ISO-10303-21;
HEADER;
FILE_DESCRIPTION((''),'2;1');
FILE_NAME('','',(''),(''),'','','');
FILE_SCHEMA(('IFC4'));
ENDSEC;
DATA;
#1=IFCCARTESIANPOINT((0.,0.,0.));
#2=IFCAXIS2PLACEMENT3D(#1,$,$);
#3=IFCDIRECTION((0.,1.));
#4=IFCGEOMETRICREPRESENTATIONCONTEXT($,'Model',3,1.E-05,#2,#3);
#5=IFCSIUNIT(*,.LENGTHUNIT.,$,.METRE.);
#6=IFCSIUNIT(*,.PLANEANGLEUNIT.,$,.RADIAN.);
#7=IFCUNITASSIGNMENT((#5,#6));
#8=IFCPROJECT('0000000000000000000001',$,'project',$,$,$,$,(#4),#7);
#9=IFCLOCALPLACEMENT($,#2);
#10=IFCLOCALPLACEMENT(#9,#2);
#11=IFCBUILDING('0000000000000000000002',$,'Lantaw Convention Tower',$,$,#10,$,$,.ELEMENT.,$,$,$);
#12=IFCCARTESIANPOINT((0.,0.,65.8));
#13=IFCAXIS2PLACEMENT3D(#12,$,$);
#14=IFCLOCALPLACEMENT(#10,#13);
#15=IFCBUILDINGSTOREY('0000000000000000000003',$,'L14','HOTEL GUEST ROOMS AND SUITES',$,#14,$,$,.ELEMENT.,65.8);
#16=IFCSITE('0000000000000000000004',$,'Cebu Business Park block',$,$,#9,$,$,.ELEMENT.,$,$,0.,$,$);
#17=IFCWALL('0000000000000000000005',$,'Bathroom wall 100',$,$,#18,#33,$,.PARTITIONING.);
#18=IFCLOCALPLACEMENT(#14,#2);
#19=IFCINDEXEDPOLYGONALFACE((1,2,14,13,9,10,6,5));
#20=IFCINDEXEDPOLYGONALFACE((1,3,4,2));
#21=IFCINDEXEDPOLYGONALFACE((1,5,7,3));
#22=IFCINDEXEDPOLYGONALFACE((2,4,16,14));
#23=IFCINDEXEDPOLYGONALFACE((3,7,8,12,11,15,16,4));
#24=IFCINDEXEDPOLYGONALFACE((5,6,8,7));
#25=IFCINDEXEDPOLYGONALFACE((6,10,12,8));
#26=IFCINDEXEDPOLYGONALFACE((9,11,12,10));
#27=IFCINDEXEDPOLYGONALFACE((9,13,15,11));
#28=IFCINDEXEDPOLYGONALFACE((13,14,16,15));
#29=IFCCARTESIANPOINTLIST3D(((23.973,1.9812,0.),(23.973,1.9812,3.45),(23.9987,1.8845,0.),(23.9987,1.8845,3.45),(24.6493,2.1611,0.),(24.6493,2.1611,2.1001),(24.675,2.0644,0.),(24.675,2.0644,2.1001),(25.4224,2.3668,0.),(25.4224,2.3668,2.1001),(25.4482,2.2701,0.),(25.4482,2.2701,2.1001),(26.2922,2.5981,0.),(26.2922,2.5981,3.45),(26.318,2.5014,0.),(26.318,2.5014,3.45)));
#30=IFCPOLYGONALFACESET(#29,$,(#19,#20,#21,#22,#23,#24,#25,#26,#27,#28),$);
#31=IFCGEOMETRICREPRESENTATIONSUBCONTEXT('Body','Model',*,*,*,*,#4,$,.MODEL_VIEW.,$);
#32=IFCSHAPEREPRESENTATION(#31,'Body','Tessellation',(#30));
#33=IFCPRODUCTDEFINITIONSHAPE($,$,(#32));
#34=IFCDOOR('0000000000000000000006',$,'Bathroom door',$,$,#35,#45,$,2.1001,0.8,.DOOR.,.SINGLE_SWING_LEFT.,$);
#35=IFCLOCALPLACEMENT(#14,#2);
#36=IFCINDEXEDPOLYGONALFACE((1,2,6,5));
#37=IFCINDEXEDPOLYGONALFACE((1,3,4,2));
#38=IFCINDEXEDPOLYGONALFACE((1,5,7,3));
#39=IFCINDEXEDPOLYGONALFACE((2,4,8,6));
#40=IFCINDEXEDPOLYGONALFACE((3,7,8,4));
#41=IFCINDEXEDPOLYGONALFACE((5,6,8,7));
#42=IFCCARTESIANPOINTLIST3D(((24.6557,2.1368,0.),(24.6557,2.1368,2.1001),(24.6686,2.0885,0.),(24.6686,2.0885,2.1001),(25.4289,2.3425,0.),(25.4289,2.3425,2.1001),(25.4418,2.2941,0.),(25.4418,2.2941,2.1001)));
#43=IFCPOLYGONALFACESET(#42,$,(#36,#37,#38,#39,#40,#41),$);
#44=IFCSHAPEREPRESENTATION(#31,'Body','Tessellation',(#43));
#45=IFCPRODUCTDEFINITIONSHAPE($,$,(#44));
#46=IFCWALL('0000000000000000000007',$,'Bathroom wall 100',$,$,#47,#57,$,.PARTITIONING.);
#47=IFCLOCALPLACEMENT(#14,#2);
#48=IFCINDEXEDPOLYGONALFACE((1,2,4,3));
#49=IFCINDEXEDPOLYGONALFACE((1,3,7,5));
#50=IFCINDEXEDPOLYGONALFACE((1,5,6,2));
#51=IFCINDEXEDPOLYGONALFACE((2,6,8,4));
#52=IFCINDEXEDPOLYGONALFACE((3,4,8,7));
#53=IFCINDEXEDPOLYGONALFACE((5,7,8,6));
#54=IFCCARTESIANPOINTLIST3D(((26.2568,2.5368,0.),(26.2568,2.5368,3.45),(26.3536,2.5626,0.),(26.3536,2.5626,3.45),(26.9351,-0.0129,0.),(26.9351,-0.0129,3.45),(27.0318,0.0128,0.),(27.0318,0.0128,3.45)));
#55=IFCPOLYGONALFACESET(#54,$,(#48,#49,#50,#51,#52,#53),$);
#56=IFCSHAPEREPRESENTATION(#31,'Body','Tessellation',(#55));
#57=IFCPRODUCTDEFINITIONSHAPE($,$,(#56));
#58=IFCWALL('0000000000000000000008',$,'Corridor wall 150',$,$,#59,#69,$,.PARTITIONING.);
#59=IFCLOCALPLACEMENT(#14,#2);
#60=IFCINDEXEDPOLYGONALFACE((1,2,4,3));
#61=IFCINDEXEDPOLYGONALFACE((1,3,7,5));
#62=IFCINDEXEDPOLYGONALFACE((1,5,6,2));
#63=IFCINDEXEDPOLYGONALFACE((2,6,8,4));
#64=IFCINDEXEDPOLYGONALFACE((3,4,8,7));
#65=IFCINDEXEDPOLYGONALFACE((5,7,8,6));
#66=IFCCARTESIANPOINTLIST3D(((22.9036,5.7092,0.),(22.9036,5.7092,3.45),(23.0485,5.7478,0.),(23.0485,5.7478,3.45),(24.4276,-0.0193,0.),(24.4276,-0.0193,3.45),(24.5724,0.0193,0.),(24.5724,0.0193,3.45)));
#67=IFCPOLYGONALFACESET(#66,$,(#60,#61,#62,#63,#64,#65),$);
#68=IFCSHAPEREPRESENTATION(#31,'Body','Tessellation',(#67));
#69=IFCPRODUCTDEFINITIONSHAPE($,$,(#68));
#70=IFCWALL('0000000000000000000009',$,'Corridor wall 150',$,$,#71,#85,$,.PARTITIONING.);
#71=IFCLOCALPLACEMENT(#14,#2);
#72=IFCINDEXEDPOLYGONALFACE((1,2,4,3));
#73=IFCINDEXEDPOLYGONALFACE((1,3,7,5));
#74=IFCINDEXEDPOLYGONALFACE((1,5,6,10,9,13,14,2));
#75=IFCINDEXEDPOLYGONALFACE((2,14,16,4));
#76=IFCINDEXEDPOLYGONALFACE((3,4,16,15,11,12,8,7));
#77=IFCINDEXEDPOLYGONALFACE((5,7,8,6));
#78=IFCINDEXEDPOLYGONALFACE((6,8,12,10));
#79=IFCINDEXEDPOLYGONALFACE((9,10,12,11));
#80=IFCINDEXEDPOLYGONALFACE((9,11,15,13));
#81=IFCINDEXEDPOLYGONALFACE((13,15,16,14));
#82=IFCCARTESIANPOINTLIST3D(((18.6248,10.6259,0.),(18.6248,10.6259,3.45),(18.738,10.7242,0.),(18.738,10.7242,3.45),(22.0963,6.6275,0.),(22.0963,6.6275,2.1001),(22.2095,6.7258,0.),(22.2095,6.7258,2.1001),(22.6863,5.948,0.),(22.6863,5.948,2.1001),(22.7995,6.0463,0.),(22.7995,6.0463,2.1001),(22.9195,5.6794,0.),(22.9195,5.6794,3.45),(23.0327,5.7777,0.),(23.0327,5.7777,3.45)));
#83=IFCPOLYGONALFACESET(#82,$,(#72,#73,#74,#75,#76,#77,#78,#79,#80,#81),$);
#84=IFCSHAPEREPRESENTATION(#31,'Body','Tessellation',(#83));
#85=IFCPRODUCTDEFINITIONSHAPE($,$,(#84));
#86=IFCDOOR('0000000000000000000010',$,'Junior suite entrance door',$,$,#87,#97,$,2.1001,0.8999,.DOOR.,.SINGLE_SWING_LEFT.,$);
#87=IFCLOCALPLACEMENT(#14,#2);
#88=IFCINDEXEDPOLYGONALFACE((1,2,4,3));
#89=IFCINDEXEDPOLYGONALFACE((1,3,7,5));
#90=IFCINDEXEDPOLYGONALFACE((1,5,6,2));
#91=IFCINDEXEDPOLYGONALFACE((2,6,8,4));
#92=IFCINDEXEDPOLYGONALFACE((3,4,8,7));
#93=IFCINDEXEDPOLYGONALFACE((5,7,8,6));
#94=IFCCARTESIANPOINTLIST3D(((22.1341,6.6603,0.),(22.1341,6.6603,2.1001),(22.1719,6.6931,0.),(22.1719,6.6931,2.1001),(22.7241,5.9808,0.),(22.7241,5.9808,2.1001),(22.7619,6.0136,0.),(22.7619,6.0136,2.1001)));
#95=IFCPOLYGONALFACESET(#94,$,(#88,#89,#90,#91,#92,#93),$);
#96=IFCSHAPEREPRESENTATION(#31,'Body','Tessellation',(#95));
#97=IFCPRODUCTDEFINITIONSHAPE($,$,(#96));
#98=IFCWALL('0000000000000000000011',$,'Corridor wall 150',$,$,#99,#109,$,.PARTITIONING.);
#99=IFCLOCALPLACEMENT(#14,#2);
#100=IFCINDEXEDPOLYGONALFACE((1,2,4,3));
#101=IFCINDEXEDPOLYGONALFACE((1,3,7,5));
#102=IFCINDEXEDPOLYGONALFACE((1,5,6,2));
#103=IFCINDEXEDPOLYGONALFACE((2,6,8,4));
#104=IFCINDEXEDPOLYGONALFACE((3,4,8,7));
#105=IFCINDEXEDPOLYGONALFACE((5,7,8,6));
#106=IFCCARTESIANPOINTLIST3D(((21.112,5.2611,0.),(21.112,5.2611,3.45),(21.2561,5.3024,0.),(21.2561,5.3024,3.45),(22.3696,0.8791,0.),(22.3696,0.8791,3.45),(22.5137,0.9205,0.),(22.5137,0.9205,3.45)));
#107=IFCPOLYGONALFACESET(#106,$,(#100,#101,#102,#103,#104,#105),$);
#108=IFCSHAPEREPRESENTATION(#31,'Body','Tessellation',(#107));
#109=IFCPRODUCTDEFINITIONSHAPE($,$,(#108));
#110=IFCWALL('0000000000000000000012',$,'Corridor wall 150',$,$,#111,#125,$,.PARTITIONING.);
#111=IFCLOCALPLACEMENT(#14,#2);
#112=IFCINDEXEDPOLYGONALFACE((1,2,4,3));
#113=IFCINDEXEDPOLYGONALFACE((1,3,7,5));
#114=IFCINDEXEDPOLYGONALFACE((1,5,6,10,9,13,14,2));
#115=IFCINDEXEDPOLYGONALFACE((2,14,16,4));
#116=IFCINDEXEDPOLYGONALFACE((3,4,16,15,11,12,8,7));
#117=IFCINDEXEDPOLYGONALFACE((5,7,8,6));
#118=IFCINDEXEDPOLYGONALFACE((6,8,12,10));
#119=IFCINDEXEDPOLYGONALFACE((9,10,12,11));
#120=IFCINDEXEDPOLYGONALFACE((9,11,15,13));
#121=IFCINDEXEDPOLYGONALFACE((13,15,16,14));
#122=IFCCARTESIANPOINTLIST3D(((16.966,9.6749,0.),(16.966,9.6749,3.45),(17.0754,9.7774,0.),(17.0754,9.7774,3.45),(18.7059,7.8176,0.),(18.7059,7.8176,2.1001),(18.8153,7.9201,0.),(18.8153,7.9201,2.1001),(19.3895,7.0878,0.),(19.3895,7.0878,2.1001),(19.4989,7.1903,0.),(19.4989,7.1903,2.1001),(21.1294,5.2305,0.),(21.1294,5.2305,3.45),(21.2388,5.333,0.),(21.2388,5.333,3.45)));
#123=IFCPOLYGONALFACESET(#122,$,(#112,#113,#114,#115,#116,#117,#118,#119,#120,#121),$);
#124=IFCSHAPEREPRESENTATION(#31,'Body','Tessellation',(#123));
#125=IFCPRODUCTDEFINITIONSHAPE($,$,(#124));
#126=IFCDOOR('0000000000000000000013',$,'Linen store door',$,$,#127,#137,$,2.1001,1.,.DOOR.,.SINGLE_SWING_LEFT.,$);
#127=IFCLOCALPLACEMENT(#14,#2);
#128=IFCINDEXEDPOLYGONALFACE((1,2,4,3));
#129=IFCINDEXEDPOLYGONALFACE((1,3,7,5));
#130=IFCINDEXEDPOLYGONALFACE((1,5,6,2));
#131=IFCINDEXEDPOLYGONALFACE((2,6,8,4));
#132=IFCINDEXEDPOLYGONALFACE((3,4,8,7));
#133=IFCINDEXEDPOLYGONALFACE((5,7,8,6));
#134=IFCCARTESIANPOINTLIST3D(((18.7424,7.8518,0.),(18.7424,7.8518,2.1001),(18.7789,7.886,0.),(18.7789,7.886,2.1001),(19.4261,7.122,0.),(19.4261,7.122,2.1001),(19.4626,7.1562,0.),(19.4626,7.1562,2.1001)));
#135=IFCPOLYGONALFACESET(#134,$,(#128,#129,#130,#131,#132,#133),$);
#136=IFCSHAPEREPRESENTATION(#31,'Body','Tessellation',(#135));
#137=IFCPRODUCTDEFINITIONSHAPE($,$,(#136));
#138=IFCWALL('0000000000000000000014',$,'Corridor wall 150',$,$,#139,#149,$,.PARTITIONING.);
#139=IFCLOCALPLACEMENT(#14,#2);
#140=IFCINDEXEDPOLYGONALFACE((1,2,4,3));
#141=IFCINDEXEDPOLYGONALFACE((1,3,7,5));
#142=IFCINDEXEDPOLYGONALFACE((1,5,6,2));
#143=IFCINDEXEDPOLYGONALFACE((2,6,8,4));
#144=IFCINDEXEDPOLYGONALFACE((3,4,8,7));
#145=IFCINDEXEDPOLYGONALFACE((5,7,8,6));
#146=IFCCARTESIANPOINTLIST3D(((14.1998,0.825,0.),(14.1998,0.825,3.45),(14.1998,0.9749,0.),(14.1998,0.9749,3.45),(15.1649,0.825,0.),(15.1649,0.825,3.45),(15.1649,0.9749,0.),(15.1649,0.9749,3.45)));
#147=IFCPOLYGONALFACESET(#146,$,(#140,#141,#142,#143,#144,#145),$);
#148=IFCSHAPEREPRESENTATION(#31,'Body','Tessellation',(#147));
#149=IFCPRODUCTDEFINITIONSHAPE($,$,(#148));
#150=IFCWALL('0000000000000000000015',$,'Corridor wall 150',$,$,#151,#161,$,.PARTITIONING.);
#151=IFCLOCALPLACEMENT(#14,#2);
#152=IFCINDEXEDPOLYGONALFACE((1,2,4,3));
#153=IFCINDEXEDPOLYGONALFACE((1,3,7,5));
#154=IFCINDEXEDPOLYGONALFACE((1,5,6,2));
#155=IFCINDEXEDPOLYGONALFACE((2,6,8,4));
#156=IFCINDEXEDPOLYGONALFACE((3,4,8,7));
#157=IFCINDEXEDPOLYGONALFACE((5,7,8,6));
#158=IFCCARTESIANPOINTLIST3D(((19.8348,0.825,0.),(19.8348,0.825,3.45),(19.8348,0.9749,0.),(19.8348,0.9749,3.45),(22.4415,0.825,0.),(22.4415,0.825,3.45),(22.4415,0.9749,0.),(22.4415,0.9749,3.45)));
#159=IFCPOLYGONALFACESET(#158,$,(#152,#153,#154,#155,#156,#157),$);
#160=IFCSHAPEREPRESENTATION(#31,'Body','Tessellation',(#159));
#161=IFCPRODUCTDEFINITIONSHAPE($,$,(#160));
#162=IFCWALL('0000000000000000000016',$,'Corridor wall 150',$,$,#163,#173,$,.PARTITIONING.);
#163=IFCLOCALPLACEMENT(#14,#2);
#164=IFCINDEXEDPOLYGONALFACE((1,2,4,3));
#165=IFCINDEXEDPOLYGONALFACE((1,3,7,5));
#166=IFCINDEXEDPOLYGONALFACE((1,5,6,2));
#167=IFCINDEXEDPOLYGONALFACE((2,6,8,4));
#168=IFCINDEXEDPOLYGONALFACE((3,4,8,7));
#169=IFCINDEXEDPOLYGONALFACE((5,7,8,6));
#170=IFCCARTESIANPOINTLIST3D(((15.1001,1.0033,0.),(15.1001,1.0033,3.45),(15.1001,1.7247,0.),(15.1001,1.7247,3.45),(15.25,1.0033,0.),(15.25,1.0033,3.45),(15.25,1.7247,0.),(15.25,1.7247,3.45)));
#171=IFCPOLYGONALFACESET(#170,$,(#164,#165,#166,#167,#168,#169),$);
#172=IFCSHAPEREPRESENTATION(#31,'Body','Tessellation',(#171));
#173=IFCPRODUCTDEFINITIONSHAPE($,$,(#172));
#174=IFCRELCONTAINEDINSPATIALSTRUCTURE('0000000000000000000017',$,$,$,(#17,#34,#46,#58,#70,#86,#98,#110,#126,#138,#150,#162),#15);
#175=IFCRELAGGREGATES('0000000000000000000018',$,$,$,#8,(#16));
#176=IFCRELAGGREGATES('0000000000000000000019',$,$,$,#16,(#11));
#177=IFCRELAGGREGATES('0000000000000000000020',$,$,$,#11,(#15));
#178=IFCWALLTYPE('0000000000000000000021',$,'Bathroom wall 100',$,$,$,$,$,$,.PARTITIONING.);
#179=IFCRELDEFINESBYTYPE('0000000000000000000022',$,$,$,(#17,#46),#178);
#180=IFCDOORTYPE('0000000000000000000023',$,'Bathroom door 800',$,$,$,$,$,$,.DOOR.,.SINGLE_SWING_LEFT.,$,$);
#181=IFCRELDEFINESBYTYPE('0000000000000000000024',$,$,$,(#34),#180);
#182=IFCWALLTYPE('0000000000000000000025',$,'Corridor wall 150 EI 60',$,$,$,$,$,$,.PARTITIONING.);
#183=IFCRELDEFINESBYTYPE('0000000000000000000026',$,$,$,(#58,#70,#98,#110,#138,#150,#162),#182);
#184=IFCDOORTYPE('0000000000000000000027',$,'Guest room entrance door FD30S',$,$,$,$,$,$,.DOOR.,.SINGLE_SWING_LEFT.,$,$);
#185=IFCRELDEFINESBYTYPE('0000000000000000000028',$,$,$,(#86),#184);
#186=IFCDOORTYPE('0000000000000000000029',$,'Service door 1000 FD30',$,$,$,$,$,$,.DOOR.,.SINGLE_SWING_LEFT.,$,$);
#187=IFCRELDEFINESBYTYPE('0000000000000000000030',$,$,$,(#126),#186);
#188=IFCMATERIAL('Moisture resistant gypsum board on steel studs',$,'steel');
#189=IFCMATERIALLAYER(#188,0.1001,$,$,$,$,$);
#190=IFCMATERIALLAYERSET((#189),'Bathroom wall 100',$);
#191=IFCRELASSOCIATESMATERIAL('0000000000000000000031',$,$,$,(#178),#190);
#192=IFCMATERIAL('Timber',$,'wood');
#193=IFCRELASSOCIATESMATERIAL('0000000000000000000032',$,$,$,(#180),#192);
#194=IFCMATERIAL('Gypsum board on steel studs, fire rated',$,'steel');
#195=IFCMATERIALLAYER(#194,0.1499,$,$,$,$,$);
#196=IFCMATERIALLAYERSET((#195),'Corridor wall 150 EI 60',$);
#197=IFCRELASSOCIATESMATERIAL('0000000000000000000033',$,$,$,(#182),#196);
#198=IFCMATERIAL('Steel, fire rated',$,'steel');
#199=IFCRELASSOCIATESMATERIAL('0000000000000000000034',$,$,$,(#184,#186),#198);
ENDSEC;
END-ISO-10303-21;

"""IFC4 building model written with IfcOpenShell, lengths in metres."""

from ifc_helpers import new_model, si_unit, direction, frame, frame_2d, origin, place, context, subcontext, project, spatial, rectangle, extrude, material, layer, layer_set, type_object, element, fill, save


model = new_model("IFC4")

# Units and contexts
model_context = context("Model", 3, precision=1e-05, world=origin(), true_north=direction((0.0, 1.0)))
body_context = subcontext(model_context, "Body", "Model", "MODEL_VIEW")
ifc_project = project(units=[si_unit("LENGTHUNIT", "METRE"), si_unit("PLANEANGLEUNIT", "RADIAN")], contexts=[model_context])

# Site, building, storey
site_placement = place(None, origin())
site = spatial("IfcSite", under=ifc_project, at=site_placement, Name="Cebu Business Park block", CompositionType="ELEMENT", RefElevation=0.0)
building_placement = place(site_placement, origin())
building = spatial("IfcBuilding", under=site, at=building_placement, Name="Lantaw Convention Tower", CompositionType="ELEMENT")
storey_placement = place(building_placement, frame((0.0, 0.0, 65.8)))
storey = spatial("IfcBuildingStorey", under=building, at=storey_placement, Name="L14", Description="HOTEL GUEST ROOMS AND SUITES", CompositionType="ELEMENT", Elevation=65.8)

# Wall, opening, door
ifc_material_1 = material(Name="Moisture resistant gypsum board on steel studs", Category="steel")
ifc_layer_1 = layer(ifc_material_1, 0.1001)
ifc_layer_set_1 = layer_set([ifc_layer_1], Name="Bathroom wall 100")
wall_type_1 = type_object("IfcWallType", Name="Bathroom wall 100", PredefinedType="PARTITIONING", material=ifc_layer_set_1)
wall_1_placement = place(storey_placement, frame((23.9858, 1.9329, 0.0), z_axis=(0.0, 0.0, 1.0), x_axis=(0.966395, 0.257061, 0.0)))
wall_1 = element("IfcWall", 1, at=wall_1_placement, inside=storey, type_object=wall_type_1, Name="Bathroom wall 100", PredefinedType="PARTITIONING", context=body_context, shape_type="SweptSolid", body=[
    extrude(rectangle(XDim=2.3999, YDim=0.1001, at=frame_2d((1.2, 0.0))), origin(), (0.0, 0.0, 1.0), 3.45),
])
opening_1_placement = place(wall_1_placement, frame((0.7, 0.0, 0.0)))
opening_1 = element("IfcOpeningElement", 2, at=opening_1_placement, cuts=wall_1, PredefinedType="OPENING", context=body_context, shape_type="SweptSolid", body=[
    extrude(rectangle(XDim=0.8, YDim=2.1001, at=frame_2d((0.3999, 1.05))), frame((0.0, 0.0601, 0.0), z_axis=(0.0, -1.0, 0.0), x_axis=(1.0, 0.0, 0.0)), (0.0, 0.0, 1.0), 0.1201),
])
ifc_material_2 = material(Name="Timber", Category="wood")
door_type_1 = type_object("IfcDoorType", Name="Bathroom door 800", OperationType="SINGLE_SWING_LEFT", PredefinedType="DOOR", material=ifc_material_2)
door_1_placement = place(opening_1_placement, origin())
door_1 = element("IfcDoor", 3, at=door_1_placement, inside=storey, type_object=door_type_1, Name="Bathroom door", OperationType="SINGLE_SWING_LEFT", OverallHeight=2.1001, OverallWidth=0.8, PredefinedType="DOOR", context=body_context, shape_type="SweptSolid", body=[
    extrude(rectangle(XDim=0.8, YDim=2.1001, at=frame_2d((0.3999, 1.05))), frame((0.0, 0.0249, 0.0), z_axis=(0.0, -1.0, 0.0), x_axis=(1.0, 0.0, 0.0)), (0.0, 0.0, 1.0), 0.05),
])
fill(opening_1, door_1)

# Walls
wall_2_placement = place(storey_placement, frame((26.3052, 2.5498, 0.0), z_axis=(0.0, 0.0, 1.0), x_axis=(0.257052, -0.966398, 0.0)))
element("IfcWall", 4, at=wall_2_placement, inside=storey, type_object=wall_type_1, Name="Bathroom wall 100", PredefinedType="PARTITIONING", context=body_context, shape_type="SweptSolid", body=[
    extrude(rectangle(XDim=2.6384, YDim=0.1001, at=frame_2d((1.3193, 0.0))), origin(), (0.0, 0.0, 1.0), 3.45),
])
ifc_material_3 = material(Name="Gypsum board on steel studs, fire rated", Category="steel")
ifc_layer_2 = layer(ifc_material_3, 0.1499)
ifc_layer_set_2 = layer_set([ifc_layer_2], Name="Corridor wall 150 EI 60")
wall_type_2 = type_object("IfcWallType", Name="Corridor wall 150 EI 60", PredefinedType="PARTITIONING", material=ifc_layer_set_2)
wall_3_placement = place(storey_placement, frame((24.5, 0.0, 0.0), z_axis=(0.0, 0.0, 1.0), x_axis=(-0.257083, 0.966389, 0.0)))
element("IfcWall", 5, at=wall_3_placement, inside=storey, type_object=wall_type_2, Name="Corridor wall 150", PredefinedType="PARTITIONING", context=body_context, shape_type="SweptSolid", body=[
    extrude(rectangle(XDim=5.9277, YDim=0.1499, at=frame_2d((2.9639, 0.0))), origin(), (0.0, 0.0, 1.0), 3.45),
])

# Wall, opening, door
wall_4_placement = place(storey_placement, frame((22.9761, 5.7285, 0.0), z_axis=(0.0, 0.0, 1.0), x_axis=(-0.6556, 0.755108, 0.0)))
wall_4 = element("IfcWall", 6, at=wall_4_placement, inside=storey, type_object=wall_type_2, Name="Corridor wall 150", PredefinedType="PARTITIONING", context=body_context, shape_type="SweptSolid", body=[
    extrude(rectangle(XDim=6.5508, YDim=0.1499, at=frame_2d((3.2754, 0.0))), origin(), (0.0, 0.0, 1.0), 3.45),
])
opening_2_placement = place(wall_4_placement, frame((0.3557, 0.0, 0.0)))
opening_2 = element("IfcOpeningElement", 7, at=opening_2_placement, cuts=wall_4, PredefinedType="OPENING", context=body_context, shape_type="SweptSolid", body=[
    extrude(rectangle(XDim=0.8999, YDim=2.1001, at=frame_2d((0.45, 1.05))), frame((0.0, 0.085, 0.0), z_axis=(0.0, -1.0, 0.0), x_axis=(1.0, 0.0, 0.0)), (0.0, 0.0, 1.0), 0.1699),
])
ifc_material_4 = material(Name="Steel, fire rated", Category="steel")
door_type_2 = type_object("IfcDoorType", Name="Guest room entrance door FD30S", OperationType="SINGLE_SWING_LEFT", PredefinedType="DOOR", material=ifc_material_4)
door_2_placement = place(opening_2_placement, origin())
door_2 = element("IfcDoor", 8, at=door_2_placement, inside=storey, type_object=door_type_2, Name="Junior suite entrance door", OperationType="SINGLE_SWING_LEFT", OverallHeight=2.1001, OverallWidth=0.8999, PredefinedType="DOOR", context=body_context, shape_type="SweptSolid", body=[
    extrude(rectangle(XDim=0.8999, YDim=2.1001, at=frame_2d((0.45, 1.05))), frame((0.0, 0.0249, 0.0), z_axis=(0.0, -1.0, 0.0), x_axis=(1.0, 0.0, 0.0)), (0.0, 0.0, 1.0), 0.05),
])
fill(opening_2, door_2)

# Wall
wall_5_placement = place(storey_placement, frame((22.4417, 0.8999, 0.0), z_axis=(0.0, 0.0, 1.0), x_axis=(-0.27586, 0.961198, 0.0)))
element("IfcWall", 9, at=wall_5_placement, inside=storey, type_object=wall_type_2, Name="Corridor wall 150", PredefinedType="PARTITIONING", context=body_context, shape_type="SweptSolid", body=[
    extrude(rectangle(XDim=4.5588, YDim=0.1499, at=frame_2d((2.2793, 0.0))), origin(), (0.0, 0.0, 1.0), 3.45),
])

# Wall, opening, door
wall_6_placement = place(storey_placement, frame((21.1841, 5.2817, 0.0), z_axis=(0.0, 0.0, 1.0), x_axis=(-0.683658, 0.729802, 0.0)))
wall_6 = element("IfcWall", 10, at=wall_6_placement, inside=storey, type_object=wall_type_2, Name="Corridor wall 150", PredefinedType="PARTITIONING", context=body_context, shape_type="SweptSolid", body=[
    extrude(rectangle(XDim=6.0898, YDim=0.1499, at=frame_2d((3.0449, 0.0))), origin(), (0.0, 0.0, 1.0), 3.45),
])
opening_3_placement = place(wall_6_placement, frame((2.5449, 0.0, 0.0)))
opening_3 = element("IfcOpeningElement", 11, at=opening_3_placement, cuts=wall_6, PredefinedType="OPENING", context=body_context, shape_type="SweptSolid", body=[
    extrude(rectangle(XDim=1.0, YDim=2.1001, at=frame_2d((0.5, 1.05))), frame((0.0, 0.085, 0.0), z_axis=(0.0, -1.0, 0.0), x_axis=(1.0, 0.0, 0.0)), (0.0, 0.0, 1.0), 0.1699),
])
door_type_3 = type_object("IfcDoorType", Name="Service door 1000 FD30", OperationType="SINGLE_SWING_LEFT", PredefinedType="DOOR", material=ifc_material_4)
door_3_placement = place(opening_3_placement, origin())
door_3 = element("IfcDoor", 12, at=door_3_placement, inside=storey, type_object=door_type_3, Name="Linen store door", OperationType="SINGLE_SWING_LEFT", OverallHeight=2.1001, OverallWidth=1.0, PredefinedType="DOOR", context=body_context, shape_type="SweptSolid", body=[
    extrude(rectangle(XDim=1.0, YDim=2.1001, at=frame_2d((0.5, 1.05))), frame((0.0, 0.0249, 0.0), z_axis=(0.0, -1.0, 0.0), x_axis=(1.0, 0.0, 0.0)), (0.0, 0.0, 1.0), 0.05),
])
fill(opening_3, door_3)

# Walls
wall_7_placement = place(storey_placement, frame((14.2, 0.8999, 0.0), z_axis=(0.0, 0.0, 1.0), x_axis=(1.0, 0.0, 0.0)))
element("IfcWall", 13, at=wall_7_placement, inside=storey, type_object=wall_type_2, Name="Corridor wall 150", PredefinedType="PARTITIONING", context=body_context, shape_type="SweptSolid", body=[
    extrude(rectangle(XDim=0.9651, YDim=0.1499, at=frame_2d((0.4824, 0.0))), origin(), (0.0, 0.0, 1.0), 3.45),
])
wall_8_placement = place(storey_placement, frame((19.835, 0.8999, 0.0), z_axis=(0.0, 0.0, 1.0), x_axis=(1.0, 0.0, 0.0)))
element("IfcWall", 14, at=wall_8_placement, inside=storey, type_object=wall_type_2, Name="Corridor wall 150", PredefinedType="PARTITIONING", context=body_context, shape_type="SweptSolid", body=[
    extrude(rectangle(XDim=2.6067, YDim=0.1499, at=frame_2d((1.3032, 0.0))), origin(), (0.0, 0.0, 1.0), 3.45),
])
wall_9_placement = place(storey_placement, frame((15.175, 1.0032, 0.0), z_axis=(0.0, 0.0, 1.0), x_axis=(0.0, 1.0, 0.0)))
element("IfcWall", 15, at=wall_9_placement, inside=storey, type_object=wall_type_2, Name="Corridor wall 150", PredefinedType="PARTITIONING", context=body_context, shape_type="SweptSolid", body=[
    extrude(rectangle(XDim=0.7214, YDim=0.1499, at=frame_2d((0.3608, 0.0))), origin(), (0.0, 0.0, 1.0), 3.45),
])

save(model, "model.ifc")
